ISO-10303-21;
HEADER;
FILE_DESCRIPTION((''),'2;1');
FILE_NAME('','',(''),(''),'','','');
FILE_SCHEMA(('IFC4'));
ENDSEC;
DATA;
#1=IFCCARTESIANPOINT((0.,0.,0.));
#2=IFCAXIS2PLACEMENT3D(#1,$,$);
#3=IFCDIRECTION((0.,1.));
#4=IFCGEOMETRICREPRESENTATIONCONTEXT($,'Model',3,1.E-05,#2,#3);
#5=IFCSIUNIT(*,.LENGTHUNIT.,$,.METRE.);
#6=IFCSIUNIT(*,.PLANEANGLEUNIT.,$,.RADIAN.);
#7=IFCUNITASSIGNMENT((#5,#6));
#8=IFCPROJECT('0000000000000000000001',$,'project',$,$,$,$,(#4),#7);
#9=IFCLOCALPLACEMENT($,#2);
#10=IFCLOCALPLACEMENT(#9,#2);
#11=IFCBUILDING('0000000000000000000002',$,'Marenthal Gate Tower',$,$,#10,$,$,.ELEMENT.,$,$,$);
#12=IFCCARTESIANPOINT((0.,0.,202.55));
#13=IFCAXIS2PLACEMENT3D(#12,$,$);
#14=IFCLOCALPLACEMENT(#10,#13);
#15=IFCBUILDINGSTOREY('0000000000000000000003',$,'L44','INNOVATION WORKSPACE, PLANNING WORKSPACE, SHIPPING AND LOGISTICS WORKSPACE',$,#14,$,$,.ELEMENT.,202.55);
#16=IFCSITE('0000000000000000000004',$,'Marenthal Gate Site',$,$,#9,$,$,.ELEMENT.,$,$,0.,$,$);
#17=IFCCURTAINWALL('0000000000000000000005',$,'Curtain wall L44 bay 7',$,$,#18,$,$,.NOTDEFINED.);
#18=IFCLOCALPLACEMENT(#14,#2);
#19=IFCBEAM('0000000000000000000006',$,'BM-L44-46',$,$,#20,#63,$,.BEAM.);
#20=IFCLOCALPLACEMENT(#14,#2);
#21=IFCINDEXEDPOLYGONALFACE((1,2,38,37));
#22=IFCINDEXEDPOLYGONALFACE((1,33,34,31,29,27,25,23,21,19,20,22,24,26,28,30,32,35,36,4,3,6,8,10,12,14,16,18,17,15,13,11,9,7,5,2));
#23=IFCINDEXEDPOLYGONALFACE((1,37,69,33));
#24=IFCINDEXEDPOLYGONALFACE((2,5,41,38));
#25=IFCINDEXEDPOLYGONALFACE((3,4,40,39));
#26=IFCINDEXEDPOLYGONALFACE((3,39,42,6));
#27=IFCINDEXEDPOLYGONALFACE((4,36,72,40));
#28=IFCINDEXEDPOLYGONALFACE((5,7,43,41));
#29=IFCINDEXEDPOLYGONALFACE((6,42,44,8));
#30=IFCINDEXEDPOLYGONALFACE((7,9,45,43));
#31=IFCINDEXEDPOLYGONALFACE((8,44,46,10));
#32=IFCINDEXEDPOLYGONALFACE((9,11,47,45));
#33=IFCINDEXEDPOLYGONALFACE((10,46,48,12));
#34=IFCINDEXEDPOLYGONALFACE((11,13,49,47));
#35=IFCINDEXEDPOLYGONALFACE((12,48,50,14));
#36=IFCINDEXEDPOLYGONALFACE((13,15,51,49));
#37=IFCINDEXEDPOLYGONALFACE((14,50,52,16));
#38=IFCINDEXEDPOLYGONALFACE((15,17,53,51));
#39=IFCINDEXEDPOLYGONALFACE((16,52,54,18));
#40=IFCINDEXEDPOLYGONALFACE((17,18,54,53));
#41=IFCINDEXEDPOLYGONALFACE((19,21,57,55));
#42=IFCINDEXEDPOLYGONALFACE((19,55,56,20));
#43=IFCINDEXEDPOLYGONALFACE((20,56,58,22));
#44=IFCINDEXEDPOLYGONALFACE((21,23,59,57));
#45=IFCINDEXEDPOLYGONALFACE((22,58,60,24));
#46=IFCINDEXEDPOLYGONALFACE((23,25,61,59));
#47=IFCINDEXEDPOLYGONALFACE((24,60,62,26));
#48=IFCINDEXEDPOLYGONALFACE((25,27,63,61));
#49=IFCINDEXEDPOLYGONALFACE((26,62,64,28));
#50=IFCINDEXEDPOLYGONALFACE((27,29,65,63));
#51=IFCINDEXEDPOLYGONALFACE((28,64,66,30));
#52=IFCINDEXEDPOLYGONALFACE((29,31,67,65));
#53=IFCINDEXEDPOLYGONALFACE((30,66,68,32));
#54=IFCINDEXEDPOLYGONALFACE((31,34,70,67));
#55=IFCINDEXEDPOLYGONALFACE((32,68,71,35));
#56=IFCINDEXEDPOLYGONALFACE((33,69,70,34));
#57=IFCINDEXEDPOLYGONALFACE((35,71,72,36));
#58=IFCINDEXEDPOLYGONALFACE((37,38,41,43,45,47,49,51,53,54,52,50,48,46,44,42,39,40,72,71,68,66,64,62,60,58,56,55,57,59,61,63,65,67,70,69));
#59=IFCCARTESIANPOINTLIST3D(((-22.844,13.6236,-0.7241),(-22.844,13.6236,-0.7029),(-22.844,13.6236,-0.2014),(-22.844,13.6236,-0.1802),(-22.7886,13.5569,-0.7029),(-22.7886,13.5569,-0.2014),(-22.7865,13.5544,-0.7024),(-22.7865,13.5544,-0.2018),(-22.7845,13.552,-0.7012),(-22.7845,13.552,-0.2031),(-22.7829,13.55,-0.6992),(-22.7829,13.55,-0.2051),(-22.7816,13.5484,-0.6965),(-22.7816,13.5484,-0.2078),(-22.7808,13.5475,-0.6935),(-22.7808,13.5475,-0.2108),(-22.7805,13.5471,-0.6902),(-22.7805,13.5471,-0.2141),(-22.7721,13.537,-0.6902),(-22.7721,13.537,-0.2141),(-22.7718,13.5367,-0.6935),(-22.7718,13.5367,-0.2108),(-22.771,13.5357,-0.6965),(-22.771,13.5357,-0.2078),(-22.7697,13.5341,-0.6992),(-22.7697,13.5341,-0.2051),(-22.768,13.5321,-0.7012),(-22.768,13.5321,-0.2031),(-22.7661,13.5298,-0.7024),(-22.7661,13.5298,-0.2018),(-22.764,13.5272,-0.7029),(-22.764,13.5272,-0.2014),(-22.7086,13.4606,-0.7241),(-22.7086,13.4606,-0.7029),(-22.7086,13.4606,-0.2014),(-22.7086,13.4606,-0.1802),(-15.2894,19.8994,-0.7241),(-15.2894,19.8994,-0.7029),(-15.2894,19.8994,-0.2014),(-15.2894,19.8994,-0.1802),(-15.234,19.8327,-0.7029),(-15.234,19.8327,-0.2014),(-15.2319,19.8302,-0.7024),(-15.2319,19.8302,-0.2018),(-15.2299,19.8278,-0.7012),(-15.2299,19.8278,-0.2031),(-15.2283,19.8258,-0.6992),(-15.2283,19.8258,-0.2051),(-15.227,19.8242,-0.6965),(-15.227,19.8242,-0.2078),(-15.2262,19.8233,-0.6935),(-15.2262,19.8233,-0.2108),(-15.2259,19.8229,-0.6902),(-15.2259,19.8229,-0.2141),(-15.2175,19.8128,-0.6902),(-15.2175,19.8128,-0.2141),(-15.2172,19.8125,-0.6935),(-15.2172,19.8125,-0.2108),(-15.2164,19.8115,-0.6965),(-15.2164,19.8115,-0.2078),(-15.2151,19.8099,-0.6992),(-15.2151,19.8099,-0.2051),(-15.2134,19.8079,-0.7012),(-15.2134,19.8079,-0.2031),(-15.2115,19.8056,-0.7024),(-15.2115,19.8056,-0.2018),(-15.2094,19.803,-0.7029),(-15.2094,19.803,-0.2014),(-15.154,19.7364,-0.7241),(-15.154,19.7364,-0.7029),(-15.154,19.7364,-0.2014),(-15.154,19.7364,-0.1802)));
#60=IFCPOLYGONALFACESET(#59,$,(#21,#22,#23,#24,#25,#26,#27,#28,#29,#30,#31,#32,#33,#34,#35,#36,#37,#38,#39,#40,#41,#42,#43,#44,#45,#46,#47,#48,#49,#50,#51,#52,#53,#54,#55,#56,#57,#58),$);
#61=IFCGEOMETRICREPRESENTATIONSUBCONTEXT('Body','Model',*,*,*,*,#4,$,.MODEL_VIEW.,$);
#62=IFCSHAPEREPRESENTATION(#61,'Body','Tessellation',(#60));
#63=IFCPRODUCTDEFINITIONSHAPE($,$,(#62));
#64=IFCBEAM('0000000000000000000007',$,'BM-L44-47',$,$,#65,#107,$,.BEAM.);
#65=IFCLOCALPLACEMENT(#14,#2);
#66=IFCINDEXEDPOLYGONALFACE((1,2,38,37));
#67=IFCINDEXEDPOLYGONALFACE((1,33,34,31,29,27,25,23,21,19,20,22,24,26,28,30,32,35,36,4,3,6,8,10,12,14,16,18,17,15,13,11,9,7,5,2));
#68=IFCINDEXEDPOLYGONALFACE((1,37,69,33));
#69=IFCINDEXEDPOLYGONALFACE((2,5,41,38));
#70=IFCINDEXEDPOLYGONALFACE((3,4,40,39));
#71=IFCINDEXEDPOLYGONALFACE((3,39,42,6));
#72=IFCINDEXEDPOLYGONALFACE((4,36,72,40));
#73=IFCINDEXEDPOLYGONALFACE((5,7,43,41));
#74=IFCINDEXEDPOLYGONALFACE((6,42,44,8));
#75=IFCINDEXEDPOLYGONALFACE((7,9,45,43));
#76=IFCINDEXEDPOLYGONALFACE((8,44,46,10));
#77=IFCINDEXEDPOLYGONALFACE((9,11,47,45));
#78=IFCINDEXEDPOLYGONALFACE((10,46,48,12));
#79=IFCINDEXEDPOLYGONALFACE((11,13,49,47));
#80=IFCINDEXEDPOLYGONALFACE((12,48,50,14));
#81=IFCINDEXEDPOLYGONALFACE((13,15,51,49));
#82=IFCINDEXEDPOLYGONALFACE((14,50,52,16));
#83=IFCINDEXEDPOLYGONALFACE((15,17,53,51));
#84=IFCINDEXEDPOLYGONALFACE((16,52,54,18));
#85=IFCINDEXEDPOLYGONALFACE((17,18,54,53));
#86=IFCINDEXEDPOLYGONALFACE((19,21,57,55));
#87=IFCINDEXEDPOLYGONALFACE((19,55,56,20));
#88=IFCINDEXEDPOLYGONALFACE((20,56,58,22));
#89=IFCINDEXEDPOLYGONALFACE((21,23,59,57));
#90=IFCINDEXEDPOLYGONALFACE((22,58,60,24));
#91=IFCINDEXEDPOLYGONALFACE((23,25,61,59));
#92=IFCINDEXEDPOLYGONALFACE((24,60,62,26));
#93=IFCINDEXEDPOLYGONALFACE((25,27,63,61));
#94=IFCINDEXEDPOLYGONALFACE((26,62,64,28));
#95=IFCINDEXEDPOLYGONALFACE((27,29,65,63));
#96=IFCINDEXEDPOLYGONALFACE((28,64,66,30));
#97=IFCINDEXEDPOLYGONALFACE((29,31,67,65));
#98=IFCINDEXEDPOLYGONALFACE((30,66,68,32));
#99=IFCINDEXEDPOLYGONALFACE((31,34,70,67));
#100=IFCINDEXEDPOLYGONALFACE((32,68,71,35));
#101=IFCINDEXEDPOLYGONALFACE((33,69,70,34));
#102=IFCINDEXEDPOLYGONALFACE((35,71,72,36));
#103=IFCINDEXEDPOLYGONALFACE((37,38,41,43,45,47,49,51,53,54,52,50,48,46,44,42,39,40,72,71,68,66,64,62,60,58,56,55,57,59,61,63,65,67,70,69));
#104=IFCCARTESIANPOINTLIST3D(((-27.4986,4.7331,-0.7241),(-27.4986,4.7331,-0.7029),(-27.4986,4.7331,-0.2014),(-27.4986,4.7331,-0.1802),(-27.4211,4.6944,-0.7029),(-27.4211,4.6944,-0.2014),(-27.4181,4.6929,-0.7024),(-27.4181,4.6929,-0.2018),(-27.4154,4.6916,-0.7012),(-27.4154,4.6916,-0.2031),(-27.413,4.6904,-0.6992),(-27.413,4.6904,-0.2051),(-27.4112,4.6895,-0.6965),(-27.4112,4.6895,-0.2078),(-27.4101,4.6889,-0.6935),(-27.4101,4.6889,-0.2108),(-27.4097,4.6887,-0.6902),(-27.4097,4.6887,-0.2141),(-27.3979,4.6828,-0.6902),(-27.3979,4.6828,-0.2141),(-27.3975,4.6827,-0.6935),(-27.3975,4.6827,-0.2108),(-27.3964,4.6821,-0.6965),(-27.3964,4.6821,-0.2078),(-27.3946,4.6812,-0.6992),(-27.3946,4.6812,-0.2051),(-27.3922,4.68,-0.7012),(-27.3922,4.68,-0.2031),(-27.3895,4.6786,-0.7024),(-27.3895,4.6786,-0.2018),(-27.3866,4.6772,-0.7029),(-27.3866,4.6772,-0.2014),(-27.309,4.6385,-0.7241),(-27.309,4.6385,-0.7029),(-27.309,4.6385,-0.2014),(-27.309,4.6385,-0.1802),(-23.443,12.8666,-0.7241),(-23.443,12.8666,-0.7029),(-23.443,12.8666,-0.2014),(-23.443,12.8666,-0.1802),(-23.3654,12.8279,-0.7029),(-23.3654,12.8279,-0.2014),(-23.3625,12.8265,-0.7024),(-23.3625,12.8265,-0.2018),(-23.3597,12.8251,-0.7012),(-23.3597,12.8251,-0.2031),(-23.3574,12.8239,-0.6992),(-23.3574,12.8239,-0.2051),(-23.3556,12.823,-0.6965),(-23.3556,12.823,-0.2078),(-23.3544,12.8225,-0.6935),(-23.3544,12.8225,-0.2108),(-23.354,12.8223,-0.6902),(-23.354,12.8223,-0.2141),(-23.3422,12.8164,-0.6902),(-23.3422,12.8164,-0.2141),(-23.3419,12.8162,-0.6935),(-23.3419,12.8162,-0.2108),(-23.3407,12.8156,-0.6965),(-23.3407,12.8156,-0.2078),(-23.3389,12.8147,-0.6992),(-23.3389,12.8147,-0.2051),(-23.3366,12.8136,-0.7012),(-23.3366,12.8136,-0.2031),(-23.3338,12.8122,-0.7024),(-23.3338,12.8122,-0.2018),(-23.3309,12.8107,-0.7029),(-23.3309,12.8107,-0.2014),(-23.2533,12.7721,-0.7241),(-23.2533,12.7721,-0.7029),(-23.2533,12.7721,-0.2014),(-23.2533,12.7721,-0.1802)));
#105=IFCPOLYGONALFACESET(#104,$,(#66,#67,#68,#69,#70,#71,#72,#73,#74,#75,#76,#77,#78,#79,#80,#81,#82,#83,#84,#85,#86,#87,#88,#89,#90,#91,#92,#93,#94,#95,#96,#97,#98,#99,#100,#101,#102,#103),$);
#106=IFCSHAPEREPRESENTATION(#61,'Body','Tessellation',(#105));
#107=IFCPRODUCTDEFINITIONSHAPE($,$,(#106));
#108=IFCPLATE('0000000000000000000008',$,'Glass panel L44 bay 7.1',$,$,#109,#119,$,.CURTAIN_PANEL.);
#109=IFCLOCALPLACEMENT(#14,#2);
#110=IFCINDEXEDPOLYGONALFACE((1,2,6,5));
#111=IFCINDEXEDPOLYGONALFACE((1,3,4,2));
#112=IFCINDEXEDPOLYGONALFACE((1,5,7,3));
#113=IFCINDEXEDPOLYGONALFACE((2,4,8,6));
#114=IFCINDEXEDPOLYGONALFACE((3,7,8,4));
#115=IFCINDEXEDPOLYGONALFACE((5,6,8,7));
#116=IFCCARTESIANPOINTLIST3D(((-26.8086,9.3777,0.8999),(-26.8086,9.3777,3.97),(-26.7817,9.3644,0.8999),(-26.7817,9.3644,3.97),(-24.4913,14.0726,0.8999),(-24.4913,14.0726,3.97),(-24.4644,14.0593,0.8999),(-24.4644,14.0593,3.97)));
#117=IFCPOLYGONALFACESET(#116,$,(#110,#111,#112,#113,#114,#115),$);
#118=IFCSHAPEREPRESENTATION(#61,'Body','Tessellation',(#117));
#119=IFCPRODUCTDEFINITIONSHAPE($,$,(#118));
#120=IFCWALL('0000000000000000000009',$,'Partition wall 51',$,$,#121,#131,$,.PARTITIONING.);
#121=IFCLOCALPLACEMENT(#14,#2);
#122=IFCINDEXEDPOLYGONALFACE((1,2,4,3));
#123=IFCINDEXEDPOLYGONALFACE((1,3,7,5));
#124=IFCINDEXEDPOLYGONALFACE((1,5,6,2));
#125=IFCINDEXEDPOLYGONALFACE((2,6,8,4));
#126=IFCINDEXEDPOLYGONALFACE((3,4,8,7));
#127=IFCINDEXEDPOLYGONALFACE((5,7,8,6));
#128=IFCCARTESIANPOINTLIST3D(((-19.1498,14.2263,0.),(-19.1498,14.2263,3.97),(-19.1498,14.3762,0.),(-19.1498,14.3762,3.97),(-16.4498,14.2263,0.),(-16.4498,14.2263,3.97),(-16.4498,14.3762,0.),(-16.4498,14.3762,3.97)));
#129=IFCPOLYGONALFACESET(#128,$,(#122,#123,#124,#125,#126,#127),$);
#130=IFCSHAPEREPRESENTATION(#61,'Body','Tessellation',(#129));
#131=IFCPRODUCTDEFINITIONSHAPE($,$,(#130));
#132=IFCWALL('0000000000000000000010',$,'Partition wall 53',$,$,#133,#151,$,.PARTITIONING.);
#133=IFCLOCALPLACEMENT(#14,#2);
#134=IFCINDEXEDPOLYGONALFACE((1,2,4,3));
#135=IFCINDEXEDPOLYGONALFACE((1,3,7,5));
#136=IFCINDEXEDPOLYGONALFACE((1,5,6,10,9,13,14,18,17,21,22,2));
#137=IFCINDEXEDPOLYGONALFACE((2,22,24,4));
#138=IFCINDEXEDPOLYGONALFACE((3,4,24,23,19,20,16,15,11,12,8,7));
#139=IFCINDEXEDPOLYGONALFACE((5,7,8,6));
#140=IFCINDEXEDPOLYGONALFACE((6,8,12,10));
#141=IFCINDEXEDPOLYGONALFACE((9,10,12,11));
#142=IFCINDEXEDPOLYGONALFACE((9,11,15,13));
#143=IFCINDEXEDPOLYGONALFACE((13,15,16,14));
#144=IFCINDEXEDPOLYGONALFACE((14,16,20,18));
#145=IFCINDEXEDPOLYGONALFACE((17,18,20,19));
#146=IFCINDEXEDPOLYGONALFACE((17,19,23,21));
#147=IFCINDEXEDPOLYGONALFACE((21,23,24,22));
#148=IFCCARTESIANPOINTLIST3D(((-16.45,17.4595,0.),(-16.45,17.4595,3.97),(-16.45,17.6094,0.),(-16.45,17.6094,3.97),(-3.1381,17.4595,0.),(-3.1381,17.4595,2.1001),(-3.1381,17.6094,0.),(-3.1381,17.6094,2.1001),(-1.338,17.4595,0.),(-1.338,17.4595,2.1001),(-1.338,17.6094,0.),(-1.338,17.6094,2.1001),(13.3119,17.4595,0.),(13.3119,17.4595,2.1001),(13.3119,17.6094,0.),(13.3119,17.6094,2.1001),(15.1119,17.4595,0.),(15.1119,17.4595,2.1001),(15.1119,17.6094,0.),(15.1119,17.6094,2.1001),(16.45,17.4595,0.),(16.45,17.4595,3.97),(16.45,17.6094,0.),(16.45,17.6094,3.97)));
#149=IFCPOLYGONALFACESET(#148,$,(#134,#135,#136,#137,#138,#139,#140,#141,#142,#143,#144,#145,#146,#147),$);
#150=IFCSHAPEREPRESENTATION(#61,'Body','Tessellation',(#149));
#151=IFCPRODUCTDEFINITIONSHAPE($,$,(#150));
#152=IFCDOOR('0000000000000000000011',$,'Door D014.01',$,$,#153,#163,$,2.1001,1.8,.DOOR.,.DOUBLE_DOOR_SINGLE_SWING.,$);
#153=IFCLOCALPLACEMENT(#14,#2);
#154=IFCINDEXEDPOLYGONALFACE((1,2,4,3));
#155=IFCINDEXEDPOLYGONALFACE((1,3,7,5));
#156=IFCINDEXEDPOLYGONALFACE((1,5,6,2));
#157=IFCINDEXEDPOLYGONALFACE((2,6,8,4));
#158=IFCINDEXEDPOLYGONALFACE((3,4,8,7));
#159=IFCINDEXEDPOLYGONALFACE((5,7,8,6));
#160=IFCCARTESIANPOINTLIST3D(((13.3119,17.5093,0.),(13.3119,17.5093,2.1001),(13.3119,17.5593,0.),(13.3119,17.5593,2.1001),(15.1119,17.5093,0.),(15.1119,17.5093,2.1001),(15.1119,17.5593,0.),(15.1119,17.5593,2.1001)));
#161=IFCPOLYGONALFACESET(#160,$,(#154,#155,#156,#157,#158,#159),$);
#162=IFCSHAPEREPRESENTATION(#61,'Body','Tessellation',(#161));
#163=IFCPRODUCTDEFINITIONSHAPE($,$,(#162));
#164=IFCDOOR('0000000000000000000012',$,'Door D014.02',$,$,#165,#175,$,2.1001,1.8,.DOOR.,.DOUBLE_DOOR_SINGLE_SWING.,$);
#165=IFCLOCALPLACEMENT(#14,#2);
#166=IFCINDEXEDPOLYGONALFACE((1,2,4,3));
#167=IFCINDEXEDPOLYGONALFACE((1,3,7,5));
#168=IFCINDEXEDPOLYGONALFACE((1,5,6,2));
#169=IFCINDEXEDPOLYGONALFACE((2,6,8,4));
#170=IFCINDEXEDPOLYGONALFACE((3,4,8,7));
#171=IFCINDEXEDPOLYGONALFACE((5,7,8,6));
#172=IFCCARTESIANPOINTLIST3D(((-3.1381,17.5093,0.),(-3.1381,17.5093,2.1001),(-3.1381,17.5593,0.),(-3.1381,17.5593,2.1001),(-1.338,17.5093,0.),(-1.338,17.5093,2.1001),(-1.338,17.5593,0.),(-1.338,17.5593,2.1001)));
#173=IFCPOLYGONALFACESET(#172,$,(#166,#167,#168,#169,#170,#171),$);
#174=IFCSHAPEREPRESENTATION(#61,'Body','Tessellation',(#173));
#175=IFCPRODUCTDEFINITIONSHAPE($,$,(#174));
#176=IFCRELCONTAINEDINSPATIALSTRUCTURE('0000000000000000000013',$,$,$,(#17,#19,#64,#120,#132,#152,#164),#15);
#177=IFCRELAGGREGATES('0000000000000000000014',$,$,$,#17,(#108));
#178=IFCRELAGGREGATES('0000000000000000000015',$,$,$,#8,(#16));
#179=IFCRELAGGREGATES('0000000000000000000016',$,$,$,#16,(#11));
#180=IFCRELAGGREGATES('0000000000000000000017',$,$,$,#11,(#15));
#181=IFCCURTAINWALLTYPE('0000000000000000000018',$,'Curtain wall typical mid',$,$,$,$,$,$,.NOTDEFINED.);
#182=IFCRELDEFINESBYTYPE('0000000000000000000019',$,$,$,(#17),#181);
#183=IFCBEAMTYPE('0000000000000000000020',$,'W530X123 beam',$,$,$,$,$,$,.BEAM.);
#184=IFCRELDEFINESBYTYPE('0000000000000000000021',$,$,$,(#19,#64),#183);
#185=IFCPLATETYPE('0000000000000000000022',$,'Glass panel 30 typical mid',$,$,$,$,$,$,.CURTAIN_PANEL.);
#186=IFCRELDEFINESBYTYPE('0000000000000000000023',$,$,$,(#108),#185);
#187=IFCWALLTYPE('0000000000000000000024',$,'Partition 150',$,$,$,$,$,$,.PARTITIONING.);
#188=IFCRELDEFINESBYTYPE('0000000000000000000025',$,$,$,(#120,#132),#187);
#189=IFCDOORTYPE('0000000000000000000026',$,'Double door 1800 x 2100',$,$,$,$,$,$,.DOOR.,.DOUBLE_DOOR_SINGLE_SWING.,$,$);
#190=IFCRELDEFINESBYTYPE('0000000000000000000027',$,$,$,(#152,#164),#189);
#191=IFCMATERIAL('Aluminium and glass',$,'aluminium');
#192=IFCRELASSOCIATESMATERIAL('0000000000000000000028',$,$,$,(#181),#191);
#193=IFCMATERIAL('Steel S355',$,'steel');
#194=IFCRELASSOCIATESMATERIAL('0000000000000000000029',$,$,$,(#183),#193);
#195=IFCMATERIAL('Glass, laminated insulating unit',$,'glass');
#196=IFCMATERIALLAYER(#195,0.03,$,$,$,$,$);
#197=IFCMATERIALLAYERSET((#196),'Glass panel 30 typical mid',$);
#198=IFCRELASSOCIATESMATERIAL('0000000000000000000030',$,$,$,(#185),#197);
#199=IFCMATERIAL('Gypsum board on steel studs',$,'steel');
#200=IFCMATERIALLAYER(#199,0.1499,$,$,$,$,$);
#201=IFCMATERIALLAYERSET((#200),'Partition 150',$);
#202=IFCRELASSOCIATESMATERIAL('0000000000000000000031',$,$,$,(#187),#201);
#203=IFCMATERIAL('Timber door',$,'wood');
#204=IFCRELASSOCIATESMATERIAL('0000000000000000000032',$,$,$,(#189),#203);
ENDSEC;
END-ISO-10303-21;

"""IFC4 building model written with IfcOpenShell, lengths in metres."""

from ifc_helpers import new_model, si_unit, direction, frame, frame_2d, origin, origin_2d, place, context, subcontext, project, spatial, rectangle, i_section, extrude, material, layer, layer_set, material_profile, profile_set, type_object, element, fill, aggregate, save


model = new_model("IFC4")

# Units and contexts
model_context = context("Model", 3, precision=1e-05, world=origin(), true_north=direction((0.0, 1.0)))
body_context = subcontext(model_context, "Body", "Model", "MODEL_VIEW")
ifc_project = project(units=[si_unit("LENGTHUNIT", "METRE"), si_unit("PLANEANGLEUNIT", "RADIAN")], contexts=[model_context])

# Site, building, storey
site_placement = place(None, origin())
site = spatial("IfcSite", under=ifc_project, at=site_placement, Name="Marenthal Gate Site", CompositionType="ELEMENT", RefElevation=0.0)
building_placement = place(site_placement, origin())
building = spatial("IfcBuilding", under=site, at=building_placement, Name="Marenthal Gate Tower", CompositionType="ELEMENT")
storey_placement = place(building_placement, frame((0.0, 0.0, 202.55)))
storey = spatial("IfcBuildingStorey", under=building, at=storey_placement, Name="L44", Description="INNOVATION WORKSPACE, PLANNING WORKSPACE, SHIPPING AND LOGISTICS WORKSPACE", CompositionType="ELEMENT", Elevation=202.55)

# Shared definitions
ifc_material_1 = material(Name="Aluminium and glass", Category="aluminium")
curtain_wall_type = type_object("IfcCurtainWallType", Name="Curtain wall typical mid", PredefinedType="NOTDEFINED", material=ifc_material_1)

# Curtain wall
curtain_wall_1_placement = place(storey_placement, origin())
curtain_wall_1 = element("IfcCurtainWall", 1, at=curtain_wall_1_placement, inside=storey, type_object=curtain_wall_type, Name="Curtain wall L44 bay 7", PredefinedType="NOTDEFINED")

# Beams
ifc_material_2 = material(Name="Steel S355", Category="steel")
ifc_material_profile_1 = material_profile(ifc_material_2, i_section(OverallWidth=0.2119, OverallDepth=0.5439, WebThickness=0.0132, FlangeThickness=0.0212, FilletRadius=0.0127, at=origin_2d()), Name="W530X123")
ifc_profile_set_1 = profile_set([ifc_material_profile_1], Name="Steel S355")
beam_type_1 = type_object("IfcBeamType", Name="W530X123 beam", PredefinedType="BEAM", material=ifc_profile_set_1)
beam_1_placement = place(storey_placement, frame((-15.2217, 19.8179, -0.4521), z_axis=(-0.769207, -0.639, 0.0), x_axis=(0.639, -0.769207, 0.0)))
element("IfcBeam", 2, at=beam_1_placement, inside=storey, type_object=beam_type_1, Name="BM-L44-46", PredefinedType="BEAM", context=body_context, shape_type="SweptSolid", body=[
    extrude(i_section(OverallWidth=0.2119, OverallDepth=0.5439, WebThickness=0.0132, FlangeThickness=0.0212, FilletRadius=0.0127, at=origin_2d()), origin(), (0.0, 0.0, 1.0), 9.8213),
])
beam_2_placement = place(storey_placement, frame((-23.3481, 12.8193, -0.4521), z_axis=(-0.446236, -0.894916, 0.0), x_axis=(0.894916, -0.446236, 0.0)))
element("IfcBeam", 3, at=beam_2_placement, inside=storey, type_object=beam_type_1, Name="BM-L44-47", PredefinedType="BEAM", context=body_context, shape_type="SweptSolid", body=[
    extrude(i_section(OverallWidth=0.2119, OverallDepth=0.5439, WebThickness=0.0132, FlangeThickness=0.0212, FilletRadius=0.0127, at=origin_2d()), origin(), (0.0, 0.0, 1.0), 9.0886),
])

# Plate
ifc_material_3 = material(Name="Glass, laminated insulating unit", Category="glass")
ifc_layer_1 = layer(ifc_material_3, 0.03)
ifc_layer_set_1 = layer_set([ifc_layer_1], Name="Glass panel 30 typical mid")
plate_type = type_object("IfcPlateType", Name="Glass panel 30 typical mid", PredefinedType="CURTAIN_PANEL", material=ifc_layer_set_1)
plate_placement = place(storey_placement, frame((-25.6365, 11.7185, 0.8999), z_axis=(0.0, 0.0, 1.0), x_axis=(-0.442607, -0.896716, 0.0)))
plate = element("IfcPlate", 4, at=plate_placement, type_object=plate_type, Name="Glass panel L44 bay 7.1", PredefinedType="CURTAIN_PANEL", context=body_context, shape_type="SweptSolid", body=[
    extrude(rectangle(XDim=5.2356, YDim=0.03, at=origin_2d()), origin(), (0.0, 0.0, 1.0), 3.0701),
])
aggregate(curtain_wall_1, [plate])

# Wall
ifc_material_4 = material(Name="Gypsum board on steel studs", Category="steel")
ifc_layer_2 = layer(ifc_material_4, 0.1499)
ifc_layer_set_2 = layer_set([ifc_layer_2], Name="Partition 150")
wall_type_1 = type_object("IfcWallType", Name="Partition 150", PredefinedType="PARTITIONING", material=ifc_layer_set_2)
wall_1_placement = place(storey_placement, frame((-19.1499, 14.3013, 0.0), z_axis=(0.0, 0.0, 1.0), x_axis=(1.0, 0.0, 0.0)))
element("IfcWall", 5, at=wall_1_placement, inside=storey, type_object=wall_type_1, Name="Partition wall 51", PredefinedType="PARTITIONING", context=body_context, shape_type="SweptSolid", body=[
    extrude(rectangle(XDim=2.7, YDim=0.1499, at=frame_2d((1.3501, 0.0))), origin(), (0.0, 0.0, 1.0), 3.97),
])

# Wall, openings, doors
wall_2_placement = place(storey_placement, frame((-16.45, 17.5344, 0.0), z_axis=(0.0, 0.0, 1.0), x_axis=(1.0, 0.0, 0.0)))
wall_2 = element("IfcWall", 6, at=wall_2_placement, inside=storey, type_object=wall_type_1, Name="Partition wall 53", PredefinedType="PARTITIONING", context=body_context, shape_type="SweptSolid", body=[
    extrude(rectangle(XDim=32.8999, YDim=0.1499, at=frame_2d((16.45, 0.0))), origin(), (0.0, 0.0, 1.0), 3.97),
])
opening_1_placement = place(wall_2_placement, frame((29.762, 0.0, 0.0)))
opening_1 = element("IfcOpeningElement", 7, at=opening_1_placement, cuts=wall_2, PredefinedType="OPENING", context=body_context, shape_type="SweptSolid", body=[
    extrude(rectangle(XDim=1.8, YDim=2.1001, at=frame_2d((0.8999, 1.05))), frame((0.0, 0.085, 0.0), z_axis=(0.0, -1.0, 0.0), x_axis=(1.0, 0.0, 0.0)), (0.0, 0.0, 1.0), 0.1699),
])
opening_2_placement = place(wall_2_placement, frame((13.312, 0.0, 0.0)))
opening_2 = element("IfcOpeningElement", 8, at=opening_2_placement, cuts=wall_2, PredefinedType="OPENING", context=body_context, shape_type="SweptSolid", body=[
    extrude(rectangle(XDim=1.8, YDim=2.1001, at=frame_2d((0.8999, 1.05))), frame((0.0, 0.085, 0.0), z_axis=(0.0, -1.0, 0.0), x_axis=(1.0, 0.0, 0.0)), (0.0, 0.0, 1.0), 0.1699),
])
ifc_material_5 = material(Name="Timber door", Category="wood")
door_type_1 = type_object("IfcDoorType", Name="Double door 1800 x 2100", OperationType="DOUBLE_DOOR_SINGLE_SWING", PredefinedType="DOOR", material=ifc_material_5)
door_1_placement = place(opening_1_placement, origin())
door_1 = element("IfcDoor", 9, at=door_1_placement, inside=storey, type_object=door_type_1, Name="Door D014.01", OperationType="DOUBLE_DOOR_SINGLE_SWING", OverallHeight=2.1001, OverallWidth=1.8, PredefinedType="DOOR", context=body_context, shape_type="SweptSolid", body=[
    extrude(rectangle(XDim=1.8, YDim=2.1001, at=frame_2d((0.8999, 1.05))), frame((0.0, 0.0249, 0.0), z_axis=(0.0, -1.0, 0.0), x_axis=(1.0, 0.0, 0.0)), (0.0, 0.0, 1.0), 0.05),
])
fill(opening_1, door_1)
door_2_placement = place(opening_2_placement, origin())
door_2 = element("IfcDoor", 10, at=door_2_placement, inside=storey, type_object=door_type_1, Name="Door D014.02", OperationType="DOUBLE_DOOR_SINGLE_SWING", OverallHeight=2.1001, OverallWidth=1.8, PredefinedType="DOOR", context=body_context, shape_type="SweptSolid", body=[
    extrude(rectangle(XDim=1.8, YDim=2.1001, at=frame_2d((0.8999, 1.05))), frame((0.0, 0.0249, 0.0), z_axis=(0.0, -1.0, 0.0), x_axis=(1.0, 0.0, 0.0)), (0.0, 0.0, 1.0), 0.05),
])
fill(opening_2, door_2)

save(model, "model.ifc")
